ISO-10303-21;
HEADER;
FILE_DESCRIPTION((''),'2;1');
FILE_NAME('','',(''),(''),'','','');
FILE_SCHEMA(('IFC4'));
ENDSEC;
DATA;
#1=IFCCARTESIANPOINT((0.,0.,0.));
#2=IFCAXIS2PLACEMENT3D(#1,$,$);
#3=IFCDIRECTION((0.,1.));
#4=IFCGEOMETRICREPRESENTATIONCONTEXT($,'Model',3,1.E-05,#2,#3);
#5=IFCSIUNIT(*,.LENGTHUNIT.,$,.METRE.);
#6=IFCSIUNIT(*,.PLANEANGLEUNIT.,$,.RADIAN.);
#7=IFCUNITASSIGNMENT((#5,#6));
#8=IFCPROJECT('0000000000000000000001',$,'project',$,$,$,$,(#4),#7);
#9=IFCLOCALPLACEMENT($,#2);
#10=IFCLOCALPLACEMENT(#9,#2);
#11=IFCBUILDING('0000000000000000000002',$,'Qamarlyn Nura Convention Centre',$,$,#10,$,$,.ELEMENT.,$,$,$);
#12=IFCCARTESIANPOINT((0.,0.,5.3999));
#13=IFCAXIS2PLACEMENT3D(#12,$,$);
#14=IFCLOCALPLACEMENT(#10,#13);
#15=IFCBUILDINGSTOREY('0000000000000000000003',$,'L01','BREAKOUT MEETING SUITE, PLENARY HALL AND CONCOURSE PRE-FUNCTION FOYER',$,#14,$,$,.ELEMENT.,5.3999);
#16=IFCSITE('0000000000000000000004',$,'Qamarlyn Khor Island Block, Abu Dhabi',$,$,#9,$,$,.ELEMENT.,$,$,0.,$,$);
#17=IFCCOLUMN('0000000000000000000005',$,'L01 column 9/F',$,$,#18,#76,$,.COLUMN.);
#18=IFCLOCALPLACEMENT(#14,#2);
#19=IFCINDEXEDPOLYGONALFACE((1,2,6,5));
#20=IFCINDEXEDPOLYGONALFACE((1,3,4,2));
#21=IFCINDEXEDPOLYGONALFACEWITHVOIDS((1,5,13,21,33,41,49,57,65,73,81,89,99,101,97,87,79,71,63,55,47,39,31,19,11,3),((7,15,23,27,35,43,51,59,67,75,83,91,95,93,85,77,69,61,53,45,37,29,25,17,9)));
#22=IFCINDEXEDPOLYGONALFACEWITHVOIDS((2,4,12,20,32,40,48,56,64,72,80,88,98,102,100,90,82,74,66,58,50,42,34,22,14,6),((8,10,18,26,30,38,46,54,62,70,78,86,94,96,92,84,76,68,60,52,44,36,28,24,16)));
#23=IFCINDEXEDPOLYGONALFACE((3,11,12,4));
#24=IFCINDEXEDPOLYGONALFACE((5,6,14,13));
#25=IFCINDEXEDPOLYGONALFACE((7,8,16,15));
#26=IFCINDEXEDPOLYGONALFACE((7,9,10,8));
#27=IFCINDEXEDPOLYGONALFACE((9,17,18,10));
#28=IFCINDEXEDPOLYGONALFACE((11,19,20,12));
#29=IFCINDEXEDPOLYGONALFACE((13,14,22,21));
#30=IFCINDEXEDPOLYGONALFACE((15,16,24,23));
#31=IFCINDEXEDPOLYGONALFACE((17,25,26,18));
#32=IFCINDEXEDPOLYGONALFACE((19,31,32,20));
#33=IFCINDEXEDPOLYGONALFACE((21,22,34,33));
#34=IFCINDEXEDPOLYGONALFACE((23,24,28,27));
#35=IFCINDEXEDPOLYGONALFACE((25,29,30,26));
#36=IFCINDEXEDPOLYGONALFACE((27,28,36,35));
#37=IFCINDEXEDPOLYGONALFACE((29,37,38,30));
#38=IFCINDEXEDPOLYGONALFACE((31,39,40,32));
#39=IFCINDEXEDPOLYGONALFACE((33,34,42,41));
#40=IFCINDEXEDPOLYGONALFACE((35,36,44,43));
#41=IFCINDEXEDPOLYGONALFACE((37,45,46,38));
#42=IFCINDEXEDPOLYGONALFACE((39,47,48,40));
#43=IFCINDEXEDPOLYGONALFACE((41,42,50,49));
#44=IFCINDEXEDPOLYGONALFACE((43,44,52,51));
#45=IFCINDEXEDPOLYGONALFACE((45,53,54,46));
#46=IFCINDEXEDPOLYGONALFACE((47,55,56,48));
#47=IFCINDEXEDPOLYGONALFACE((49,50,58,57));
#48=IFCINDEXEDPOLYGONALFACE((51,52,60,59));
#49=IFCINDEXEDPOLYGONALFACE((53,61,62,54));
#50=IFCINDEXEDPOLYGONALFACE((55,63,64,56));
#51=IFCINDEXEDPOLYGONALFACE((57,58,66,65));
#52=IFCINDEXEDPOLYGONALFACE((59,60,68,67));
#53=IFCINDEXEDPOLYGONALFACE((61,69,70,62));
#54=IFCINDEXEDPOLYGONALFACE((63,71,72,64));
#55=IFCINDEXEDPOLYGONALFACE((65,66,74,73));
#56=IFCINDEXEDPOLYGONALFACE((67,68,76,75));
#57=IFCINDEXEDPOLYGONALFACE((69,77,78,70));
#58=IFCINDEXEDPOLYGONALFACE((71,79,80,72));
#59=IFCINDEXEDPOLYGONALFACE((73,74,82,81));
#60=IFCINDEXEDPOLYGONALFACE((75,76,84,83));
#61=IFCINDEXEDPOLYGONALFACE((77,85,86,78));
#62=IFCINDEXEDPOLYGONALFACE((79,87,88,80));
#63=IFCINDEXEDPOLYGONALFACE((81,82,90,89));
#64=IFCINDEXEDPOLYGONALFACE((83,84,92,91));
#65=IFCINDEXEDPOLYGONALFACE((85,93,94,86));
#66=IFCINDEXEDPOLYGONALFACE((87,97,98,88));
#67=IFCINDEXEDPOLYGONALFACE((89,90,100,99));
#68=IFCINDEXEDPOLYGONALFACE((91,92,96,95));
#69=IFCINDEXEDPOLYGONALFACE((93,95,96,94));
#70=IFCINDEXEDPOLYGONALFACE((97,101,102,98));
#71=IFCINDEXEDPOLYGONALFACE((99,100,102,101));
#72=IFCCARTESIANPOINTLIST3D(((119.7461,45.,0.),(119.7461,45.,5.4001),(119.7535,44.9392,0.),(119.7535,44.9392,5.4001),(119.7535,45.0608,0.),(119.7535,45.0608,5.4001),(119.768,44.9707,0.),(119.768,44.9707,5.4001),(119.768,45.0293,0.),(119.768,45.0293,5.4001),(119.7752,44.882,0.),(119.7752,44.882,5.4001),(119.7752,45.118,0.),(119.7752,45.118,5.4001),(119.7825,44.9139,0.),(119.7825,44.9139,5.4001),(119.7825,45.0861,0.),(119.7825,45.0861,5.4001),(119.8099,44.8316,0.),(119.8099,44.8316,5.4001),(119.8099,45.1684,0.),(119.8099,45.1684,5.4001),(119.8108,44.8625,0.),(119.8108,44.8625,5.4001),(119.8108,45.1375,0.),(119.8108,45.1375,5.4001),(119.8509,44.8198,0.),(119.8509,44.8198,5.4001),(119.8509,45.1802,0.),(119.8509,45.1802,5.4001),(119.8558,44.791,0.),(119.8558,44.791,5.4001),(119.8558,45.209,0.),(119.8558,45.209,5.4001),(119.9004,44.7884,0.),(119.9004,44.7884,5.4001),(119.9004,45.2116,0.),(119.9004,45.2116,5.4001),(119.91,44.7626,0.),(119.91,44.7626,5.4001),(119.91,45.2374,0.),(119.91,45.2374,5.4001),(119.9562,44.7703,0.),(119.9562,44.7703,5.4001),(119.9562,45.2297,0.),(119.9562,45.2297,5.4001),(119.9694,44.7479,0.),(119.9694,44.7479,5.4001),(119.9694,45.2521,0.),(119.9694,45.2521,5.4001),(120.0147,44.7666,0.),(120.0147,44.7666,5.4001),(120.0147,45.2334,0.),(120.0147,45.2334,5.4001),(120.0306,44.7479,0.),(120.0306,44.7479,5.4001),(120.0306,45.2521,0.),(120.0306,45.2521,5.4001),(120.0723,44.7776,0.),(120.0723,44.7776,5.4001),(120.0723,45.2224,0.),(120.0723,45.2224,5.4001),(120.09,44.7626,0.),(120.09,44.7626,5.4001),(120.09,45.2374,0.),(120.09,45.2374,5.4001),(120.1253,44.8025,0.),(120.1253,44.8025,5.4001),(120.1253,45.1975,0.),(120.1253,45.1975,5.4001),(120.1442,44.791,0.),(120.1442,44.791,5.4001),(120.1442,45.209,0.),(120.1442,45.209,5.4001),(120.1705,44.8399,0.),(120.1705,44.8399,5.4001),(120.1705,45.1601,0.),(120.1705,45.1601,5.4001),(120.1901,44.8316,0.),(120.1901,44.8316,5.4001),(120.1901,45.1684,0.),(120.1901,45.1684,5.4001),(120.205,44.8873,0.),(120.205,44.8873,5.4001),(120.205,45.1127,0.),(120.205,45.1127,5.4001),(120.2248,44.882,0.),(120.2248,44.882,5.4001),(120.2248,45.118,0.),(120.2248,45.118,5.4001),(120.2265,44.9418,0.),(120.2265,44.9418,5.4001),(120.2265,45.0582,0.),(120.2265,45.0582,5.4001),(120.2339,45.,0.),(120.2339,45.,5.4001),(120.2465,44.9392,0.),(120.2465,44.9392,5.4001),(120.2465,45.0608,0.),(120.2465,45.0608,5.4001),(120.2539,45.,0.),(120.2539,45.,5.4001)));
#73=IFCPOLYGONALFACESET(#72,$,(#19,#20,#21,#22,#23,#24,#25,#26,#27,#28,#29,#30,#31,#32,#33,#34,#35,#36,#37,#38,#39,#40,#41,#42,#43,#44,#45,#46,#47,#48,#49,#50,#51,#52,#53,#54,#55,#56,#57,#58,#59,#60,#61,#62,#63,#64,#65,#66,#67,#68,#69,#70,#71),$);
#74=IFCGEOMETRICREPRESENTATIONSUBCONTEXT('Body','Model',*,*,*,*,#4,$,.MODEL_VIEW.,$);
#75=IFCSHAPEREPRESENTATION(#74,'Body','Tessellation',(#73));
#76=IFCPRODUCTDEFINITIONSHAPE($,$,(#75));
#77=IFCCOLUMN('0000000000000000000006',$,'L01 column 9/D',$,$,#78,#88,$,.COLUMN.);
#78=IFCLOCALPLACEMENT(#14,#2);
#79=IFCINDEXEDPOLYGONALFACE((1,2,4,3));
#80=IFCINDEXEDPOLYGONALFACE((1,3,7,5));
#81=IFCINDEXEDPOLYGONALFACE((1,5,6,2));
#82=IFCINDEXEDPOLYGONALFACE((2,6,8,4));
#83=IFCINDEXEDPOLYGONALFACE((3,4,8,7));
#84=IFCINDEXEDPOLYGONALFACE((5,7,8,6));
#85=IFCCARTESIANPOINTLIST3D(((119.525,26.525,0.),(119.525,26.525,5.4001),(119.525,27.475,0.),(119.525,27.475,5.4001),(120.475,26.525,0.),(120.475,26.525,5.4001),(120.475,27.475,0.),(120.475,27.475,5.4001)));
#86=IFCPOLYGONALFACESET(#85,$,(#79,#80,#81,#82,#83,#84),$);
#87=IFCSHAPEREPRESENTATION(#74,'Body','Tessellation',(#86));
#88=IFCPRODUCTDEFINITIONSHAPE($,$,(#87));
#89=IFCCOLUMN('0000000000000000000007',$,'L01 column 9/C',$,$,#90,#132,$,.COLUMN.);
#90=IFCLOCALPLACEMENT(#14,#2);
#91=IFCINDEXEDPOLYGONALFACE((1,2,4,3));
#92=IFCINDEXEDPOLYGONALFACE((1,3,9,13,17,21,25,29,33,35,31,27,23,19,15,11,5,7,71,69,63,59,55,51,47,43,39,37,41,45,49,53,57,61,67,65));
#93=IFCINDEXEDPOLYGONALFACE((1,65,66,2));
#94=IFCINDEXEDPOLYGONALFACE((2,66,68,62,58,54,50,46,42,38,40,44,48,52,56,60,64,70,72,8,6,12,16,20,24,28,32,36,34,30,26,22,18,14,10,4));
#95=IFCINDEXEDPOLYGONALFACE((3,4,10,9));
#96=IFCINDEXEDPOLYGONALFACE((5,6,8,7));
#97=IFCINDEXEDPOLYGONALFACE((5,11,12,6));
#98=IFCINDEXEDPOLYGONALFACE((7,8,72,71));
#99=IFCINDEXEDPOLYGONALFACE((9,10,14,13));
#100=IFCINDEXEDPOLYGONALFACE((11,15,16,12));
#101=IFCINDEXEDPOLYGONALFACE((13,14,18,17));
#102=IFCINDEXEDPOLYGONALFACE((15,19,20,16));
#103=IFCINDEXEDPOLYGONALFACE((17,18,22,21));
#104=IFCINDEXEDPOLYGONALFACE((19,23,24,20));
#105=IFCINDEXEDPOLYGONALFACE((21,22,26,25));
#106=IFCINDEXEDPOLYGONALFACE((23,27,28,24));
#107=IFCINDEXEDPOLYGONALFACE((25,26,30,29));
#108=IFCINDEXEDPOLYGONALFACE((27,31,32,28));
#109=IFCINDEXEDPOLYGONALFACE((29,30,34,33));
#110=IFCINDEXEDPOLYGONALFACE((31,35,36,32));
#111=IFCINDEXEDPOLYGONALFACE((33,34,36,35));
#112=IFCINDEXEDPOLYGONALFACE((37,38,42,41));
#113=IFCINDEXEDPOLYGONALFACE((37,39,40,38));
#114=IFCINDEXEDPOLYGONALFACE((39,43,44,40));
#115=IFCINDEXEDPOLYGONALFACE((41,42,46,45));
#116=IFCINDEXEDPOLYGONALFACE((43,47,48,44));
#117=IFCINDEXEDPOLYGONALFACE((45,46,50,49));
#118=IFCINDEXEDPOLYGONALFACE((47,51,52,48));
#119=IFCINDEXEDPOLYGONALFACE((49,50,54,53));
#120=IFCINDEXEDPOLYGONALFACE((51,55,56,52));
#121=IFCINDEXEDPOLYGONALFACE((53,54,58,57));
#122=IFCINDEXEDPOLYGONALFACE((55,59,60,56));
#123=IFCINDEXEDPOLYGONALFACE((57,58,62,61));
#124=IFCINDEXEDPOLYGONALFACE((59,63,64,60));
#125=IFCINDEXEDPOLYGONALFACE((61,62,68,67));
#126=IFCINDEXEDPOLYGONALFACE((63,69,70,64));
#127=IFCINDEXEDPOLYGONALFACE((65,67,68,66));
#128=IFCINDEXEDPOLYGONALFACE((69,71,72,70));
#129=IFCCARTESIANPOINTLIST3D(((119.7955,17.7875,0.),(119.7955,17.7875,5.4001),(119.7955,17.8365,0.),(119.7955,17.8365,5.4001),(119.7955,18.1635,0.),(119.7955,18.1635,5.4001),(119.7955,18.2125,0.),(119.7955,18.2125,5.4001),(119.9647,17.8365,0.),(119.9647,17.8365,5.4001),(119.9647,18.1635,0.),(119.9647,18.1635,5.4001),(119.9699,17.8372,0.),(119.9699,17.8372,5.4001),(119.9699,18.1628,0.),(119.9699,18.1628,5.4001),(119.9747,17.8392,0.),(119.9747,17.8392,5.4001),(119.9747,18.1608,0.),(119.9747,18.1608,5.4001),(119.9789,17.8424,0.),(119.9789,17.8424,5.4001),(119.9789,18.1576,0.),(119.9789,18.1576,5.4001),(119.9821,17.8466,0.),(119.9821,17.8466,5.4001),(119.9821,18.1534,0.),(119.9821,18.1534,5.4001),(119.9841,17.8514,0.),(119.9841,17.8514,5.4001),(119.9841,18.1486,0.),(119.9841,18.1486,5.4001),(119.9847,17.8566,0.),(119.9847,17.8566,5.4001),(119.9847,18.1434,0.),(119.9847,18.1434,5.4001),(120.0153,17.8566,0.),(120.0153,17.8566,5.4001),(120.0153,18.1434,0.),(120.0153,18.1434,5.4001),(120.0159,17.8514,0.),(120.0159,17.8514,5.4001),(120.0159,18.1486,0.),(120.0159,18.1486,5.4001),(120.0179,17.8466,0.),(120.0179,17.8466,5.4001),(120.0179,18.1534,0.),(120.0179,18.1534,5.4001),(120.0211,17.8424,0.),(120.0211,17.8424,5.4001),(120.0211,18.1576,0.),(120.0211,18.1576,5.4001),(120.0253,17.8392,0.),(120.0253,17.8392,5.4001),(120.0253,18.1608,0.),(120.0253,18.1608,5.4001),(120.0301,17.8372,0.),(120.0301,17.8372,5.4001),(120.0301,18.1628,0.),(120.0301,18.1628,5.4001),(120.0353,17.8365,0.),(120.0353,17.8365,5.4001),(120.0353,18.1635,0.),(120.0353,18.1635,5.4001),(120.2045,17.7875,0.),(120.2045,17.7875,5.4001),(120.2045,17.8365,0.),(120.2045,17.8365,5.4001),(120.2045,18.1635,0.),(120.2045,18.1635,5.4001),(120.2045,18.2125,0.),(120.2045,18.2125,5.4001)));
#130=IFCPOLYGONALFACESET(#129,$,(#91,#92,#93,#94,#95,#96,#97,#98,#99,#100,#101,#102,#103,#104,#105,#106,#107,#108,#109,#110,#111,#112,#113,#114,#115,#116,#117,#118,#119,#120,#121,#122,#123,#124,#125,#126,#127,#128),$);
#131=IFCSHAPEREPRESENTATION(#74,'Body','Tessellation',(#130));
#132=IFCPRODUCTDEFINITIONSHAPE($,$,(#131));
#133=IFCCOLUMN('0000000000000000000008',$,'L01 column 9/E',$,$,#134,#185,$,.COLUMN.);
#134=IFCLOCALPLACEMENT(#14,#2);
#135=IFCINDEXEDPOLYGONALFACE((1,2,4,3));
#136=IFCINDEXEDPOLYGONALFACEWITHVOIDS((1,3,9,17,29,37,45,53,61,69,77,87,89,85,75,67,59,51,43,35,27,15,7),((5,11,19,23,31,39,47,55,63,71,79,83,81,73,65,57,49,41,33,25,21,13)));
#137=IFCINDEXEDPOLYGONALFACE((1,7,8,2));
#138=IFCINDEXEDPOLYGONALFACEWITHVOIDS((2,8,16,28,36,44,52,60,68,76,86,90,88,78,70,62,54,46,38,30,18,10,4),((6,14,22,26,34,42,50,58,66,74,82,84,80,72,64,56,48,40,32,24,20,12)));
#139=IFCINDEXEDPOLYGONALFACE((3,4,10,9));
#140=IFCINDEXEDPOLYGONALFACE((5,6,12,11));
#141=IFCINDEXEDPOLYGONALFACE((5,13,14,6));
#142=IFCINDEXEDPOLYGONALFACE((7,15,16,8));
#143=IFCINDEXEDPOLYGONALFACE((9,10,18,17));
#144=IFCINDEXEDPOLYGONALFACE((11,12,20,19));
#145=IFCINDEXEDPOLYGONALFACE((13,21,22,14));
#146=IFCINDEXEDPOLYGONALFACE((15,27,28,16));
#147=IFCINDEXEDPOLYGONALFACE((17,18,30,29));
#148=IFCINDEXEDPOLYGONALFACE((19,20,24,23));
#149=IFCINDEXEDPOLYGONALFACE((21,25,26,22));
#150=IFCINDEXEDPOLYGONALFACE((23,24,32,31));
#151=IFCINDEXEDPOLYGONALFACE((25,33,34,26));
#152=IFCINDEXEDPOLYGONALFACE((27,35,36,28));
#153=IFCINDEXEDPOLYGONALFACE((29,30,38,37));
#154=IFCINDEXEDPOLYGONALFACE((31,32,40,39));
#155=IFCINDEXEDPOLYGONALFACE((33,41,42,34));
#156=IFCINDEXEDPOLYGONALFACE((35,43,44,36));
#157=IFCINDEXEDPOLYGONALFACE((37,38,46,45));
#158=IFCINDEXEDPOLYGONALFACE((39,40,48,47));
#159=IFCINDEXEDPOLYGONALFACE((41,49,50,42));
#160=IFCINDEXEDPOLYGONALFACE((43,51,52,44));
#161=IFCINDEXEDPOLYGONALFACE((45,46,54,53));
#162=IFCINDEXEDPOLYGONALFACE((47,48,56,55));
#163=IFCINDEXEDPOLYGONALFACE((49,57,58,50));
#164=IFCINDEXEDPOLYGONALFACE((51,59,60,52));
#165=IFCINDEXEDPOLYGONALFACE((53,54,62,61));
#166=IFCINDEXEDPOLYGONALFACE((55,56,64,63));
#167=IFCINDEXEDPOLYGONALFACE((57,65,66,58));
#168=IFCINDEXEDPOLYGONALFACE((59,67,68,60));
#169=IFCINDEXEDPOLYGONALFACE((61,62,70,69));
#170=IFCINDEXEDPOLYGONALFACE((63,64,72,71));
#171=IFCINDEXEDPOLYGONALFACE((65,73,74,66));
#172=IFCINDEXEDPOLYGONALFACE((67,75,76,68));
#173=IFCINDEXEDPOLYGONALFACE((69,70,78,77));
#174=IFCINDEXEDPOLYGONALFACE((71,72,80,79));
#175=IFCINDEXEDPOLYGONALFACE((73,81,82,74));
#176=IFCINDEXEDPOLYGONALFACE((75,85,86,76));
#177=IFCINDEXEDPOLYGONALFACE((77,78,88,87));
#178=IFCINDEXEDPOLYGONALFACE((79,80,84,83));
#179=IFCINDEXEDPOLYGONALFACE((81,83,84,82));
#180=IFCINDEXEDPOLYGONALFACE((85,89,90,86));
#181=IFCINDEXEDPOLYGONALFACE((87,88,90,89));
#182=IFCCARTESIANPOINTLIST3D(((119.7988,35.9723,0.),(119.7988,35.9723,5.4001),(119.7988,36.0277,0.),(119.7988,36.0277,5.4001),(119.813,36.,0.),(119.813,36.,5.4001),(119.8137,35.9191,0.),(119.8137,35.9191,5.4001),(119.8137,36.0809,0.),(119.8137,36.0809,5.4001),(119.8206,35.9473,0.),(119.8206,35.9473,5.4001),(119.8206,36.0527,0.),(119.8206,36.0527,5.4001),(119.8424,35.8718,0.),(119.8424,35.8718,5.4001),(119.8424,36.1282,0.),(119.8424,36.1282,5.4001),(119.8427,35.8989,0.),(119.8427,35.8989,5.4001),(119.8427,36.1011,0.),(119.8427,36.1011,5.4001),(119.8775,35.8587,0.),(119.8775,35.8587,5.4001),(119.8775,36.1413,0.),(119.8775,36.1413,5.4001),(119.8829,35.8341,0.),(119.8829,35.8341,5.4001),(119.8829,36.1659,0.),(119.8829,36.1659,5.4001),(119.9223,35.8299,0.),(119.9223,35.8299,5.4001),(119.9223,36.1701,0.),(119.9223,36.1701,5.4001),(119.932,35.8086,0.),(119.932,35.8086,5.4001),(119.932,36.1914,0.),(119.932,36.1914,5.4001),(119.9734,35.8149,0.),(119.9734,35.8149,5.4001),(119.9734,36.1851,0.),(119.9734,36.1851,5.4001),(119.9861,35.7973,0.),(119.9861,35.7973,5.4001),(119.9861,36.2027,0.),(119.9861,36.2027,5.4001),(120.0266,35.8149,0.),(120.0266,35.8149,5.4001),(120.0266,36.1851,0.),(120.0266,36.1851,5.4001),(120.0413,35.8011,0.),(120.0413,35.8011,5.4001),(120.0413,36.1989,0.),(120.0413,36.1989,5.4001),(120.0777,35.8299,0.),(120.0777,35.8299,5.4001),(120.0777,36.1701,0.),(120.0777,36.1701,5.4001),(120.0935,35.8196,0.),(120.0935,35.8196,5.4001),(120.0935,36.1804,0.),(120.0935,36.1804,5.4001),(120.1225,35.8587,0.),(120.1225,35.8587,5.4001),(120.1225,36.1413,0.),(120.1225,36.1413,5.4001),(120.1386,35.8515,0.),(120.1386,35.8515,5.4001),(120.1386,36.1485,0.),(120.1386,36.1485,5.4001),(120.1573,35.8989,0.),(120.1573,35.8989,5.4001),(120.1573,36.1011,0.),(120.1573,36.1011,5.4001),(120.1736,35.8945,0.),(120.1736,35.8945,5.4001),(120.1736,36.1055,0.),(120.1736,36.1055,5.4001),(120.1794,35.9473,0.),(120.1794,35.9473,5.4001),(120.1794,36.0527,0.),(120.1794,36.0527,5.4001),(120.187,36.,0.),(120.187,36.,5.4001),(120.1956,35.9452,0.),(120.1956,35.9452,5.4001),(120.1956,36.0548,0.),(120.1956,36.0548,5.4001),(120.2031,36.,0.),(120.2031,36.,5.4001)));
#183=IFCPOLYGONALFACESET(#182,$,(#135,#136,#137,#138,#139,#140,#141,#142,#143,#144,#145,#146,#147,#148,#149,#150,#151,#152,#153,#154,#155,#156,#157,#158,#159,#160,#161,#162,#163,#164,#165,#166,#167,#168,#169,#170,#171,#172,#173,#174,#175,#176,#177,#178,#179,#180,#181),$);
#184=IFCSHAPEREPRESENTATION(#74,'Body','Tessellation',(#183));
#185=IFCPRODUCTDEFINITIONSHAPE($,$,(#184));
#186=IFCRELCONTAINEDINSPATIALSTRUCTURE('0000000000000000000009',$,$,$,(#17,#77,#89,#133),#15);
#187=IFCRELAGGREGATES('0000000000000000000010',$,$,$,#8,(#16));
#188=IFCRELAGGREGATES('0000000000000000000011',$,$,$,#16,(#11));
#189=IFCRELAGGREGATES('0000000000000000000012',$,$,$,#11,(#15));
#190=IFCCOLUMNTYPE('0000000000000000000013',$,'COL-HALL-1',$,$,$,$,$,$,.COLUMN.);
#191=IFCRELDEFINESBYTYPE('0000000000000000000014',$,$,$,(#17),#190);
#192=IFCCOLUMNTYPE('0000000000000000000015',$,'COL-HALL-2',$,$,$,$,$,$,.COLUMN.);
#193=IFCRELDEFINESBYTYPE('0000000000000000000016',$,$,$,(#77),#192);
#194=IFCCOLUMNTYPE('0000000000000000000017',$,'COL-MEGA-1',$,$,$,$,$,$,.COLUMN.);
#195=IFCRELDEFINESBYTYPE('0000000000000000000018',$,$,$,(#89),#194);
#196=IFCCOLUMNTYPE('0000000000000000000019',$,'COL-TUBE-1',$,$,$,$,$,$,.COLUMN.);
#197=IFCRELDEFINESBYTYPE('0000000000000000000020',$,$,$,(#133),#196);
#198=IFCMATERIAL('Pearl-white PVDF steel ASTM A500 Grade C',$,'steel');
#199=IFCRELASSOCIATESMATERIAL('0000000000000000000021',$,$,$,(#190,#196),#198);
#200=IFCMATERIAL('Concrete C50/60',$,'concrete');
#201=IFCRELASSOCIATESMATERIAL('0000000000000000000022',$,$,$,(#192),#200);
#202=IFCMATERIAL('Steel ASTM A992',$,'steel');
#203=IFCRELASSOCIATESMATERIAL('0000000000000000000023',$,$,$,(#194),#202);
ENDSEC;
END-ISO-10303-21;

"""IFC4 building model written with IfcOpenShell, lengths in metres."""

from ifc_helpers import new_model, si_unit, direction, frame, origin, origin_2d, place, context, subcontext, project, spatial, rectangle, hollow_circle, i_section, extrude, material, material_profile, profile_set, type_object, element, save


model = new_model("IFC4")

# Units and contexts
model_context = context("Model", 3, precision=1e-05, world=origin(), true_north=direction((0.0, 1.0)))
body_context = subcontext(model_context, "Body", "Model", "MODEL_VIEW")
ifc_project = project(units=[si_unit("LENGTHUNIT", "METRE"), si_unit("PLANEANGLEUNIT", "RADIAN")], contexts=[model_context])

# Site, building, storey
site_placement = place(None, origin())
site = spatial("IfcSite", under=ifc_project, at=site_placement, Name="Qamarlyn Khor Island Block, Abu Dhabi", CompositionType="ELEMENT", RefElevation=0.0)
building_placement = place(site_placement, origin())
building = spatial("IfcBuilding", under=site, at=building_placement, Name="Qamarlyn Nura Convention Centre", CompositionType="ELEMENT")
storey_placement = place(building_placement, frame((0.0, 0.0, 5.3999)))
storey = spatial("IfcBuildingStorey", under=building, at=storey_placement, Name="L01", Description="BREAKOUT MEETING SUITE, PLENARY HALL AND CONCOURSE PRE-FUNCTION FOYER", CompositionType="ELEMENT", Elevation=5.3999)

# Columns
ifc_material_1 = material(Name="Pearl-white PVDF steel ASTM A500 Grade C", Category="steel")
ifc_material_profile_1 = material_profile(ifc_material_1, hollow_circle(Radius=0.2539, WallThickness=0.02, at=origin_2d()), Name="CHS508X20")
ifc_profile_set_1 = profile_set([ifc_material_profile_1], Name="Pearl-white PVDF steel ASTM A500 Grade C")
column_type_1 = type_object("IfcColumnType", Name="COL-HALL-1", PredefinedType="COLUMN", material=ifc_profile_set_1)
column_1_placement = place(storey_placement, frame((120.0, 45.0, 0.0), z_axis=(0.0, 0.0, 1.0), x_axis=(1.0, 0.0, 0.0)))
element("IfcColumn", 1, at=column_1_placement, inside=storey, type_object=column_type_1, Name="L01 column 9/F", PredefinedType="COLUMN", context=body_context, shape_type="SweptSolid", body=[
    extrude(hollow_circle(Radius=0.2539, WallThickness=0.02, at=origin_2d()), origin(), (0.0, 0.0, 1.0), 5.4001),
])
ifc_material_2 = material(Name="Concrete C50/60", Category="concrete")
ifc_material_profile_2 = material_profile(ifc_material_2, rectangle(XDim=0.95, YDim=0.95, at=origin_2d()), Name="RC 950x950")
ifc_profile_set_2 = profile_set([ifc_material_profile_2], Name="Concrete C50/60")
column_type_2 = type_object("IfcColumnType", Name="COL-HALL-2", PredefinedType="COLUMN", material=ifc_profile_set_2)
column_2_placement = place(storey_placement, frame((120.0, 27.0, 0.0), z_axis=(0.0, 0.0, 1.0), x_axis=(1.0, 0.0, 0.0)))
element("IfcColumn", 2, at=column_2_placement, inside=storey, type_object=column_type_2, Name="L01 column 9/D", PredefinedType="COLUMN", context=body_context, shape_type="SweptSolid", body=[
    extrude(rectangle(XDim=0.95, YDim=0.95, at=origin_2d()), origin(), (0.0, 0.0, 1.0), 5.4001),
])
ifc_material_3 = material(Name="Steel ASTM A992", Category="steel")
ifc_material_profile_3 = material_profile(ifc_material_3, i_section(OverallWidth=0.4089, OverallDepth=0.425, WebThickness=0.0305, FlangeThickness=0.0491, FilletRadius=0.02, at=origin_2d()), Name="W360X421")
ifc_profile_set_3 = profile_set([ifc_material_profile_3], Name="Steel ASTM A992")
column_type_3 = type_object("IfcColumnType", Name="COL-MEGA-1", PredefinedType="COLUMN", material=ifc_profile_set_3)
column_3_placement = place(storey_placement, frame((120.0, 18.0, 0.0), z_axis=(0.0, 0.0, 1.0), x_axis=(1.0, 0.0, 0.0)))
element("IfcColumn", 3, at=column_3_placement, inside=storey, type_object=column_type_3, Name="L01 column 9/C", PredefinedType="COLUMN", context=body_context, shape_type="SweptSolid", body=[
    extrude(i_section(OverallWidth=0.4089, OverallDepth=0.425, WebThickness=0.0305, FlangeThickness=0.0491, FilletRadius=0.02, at=origin_2d()), origin(), (0.0, 0.0, 1.0), 5.4001),
])
ifc_material_profile_4 = material_profile(ifc_material_1, hollow_circle(Radius=0.2031, WallThickness=0.0161, at=origin_2d()), Name="CHS406.4X16")
ifc_profile_set_4 = profile_set([ifc_material_profile_4], Name="Pearl-white PVDF steel ASTM A500 Grade C")
column_type_4 = type_object("IfcColumnType", Name="COL-TUBE-1", PredefinedType="COLUMN", material=ifc_profile_set_4)
column_4_placement = place(storey_placement, frame((120.0, 36.0, 0.0), z_axis=(0.0, 0.0, 1.0), x_axis=(1.0, 0.0, 0.0)))
element("IfcColumn", 4, at=column_4_placement, inside=storey, type_object=column_type_4, Name="L01 column 9/E", PredefinedType="COLUMN", context=body_context, shape_type="SweptSolid", body=[
    extrude(hollow_circle(Radius=0.2031, WallThickness=0.0161, at=origin_2d()), origin(), (0.0, 0.0, 1.0), 5.4001),
])

save(model, "model.ifc")
